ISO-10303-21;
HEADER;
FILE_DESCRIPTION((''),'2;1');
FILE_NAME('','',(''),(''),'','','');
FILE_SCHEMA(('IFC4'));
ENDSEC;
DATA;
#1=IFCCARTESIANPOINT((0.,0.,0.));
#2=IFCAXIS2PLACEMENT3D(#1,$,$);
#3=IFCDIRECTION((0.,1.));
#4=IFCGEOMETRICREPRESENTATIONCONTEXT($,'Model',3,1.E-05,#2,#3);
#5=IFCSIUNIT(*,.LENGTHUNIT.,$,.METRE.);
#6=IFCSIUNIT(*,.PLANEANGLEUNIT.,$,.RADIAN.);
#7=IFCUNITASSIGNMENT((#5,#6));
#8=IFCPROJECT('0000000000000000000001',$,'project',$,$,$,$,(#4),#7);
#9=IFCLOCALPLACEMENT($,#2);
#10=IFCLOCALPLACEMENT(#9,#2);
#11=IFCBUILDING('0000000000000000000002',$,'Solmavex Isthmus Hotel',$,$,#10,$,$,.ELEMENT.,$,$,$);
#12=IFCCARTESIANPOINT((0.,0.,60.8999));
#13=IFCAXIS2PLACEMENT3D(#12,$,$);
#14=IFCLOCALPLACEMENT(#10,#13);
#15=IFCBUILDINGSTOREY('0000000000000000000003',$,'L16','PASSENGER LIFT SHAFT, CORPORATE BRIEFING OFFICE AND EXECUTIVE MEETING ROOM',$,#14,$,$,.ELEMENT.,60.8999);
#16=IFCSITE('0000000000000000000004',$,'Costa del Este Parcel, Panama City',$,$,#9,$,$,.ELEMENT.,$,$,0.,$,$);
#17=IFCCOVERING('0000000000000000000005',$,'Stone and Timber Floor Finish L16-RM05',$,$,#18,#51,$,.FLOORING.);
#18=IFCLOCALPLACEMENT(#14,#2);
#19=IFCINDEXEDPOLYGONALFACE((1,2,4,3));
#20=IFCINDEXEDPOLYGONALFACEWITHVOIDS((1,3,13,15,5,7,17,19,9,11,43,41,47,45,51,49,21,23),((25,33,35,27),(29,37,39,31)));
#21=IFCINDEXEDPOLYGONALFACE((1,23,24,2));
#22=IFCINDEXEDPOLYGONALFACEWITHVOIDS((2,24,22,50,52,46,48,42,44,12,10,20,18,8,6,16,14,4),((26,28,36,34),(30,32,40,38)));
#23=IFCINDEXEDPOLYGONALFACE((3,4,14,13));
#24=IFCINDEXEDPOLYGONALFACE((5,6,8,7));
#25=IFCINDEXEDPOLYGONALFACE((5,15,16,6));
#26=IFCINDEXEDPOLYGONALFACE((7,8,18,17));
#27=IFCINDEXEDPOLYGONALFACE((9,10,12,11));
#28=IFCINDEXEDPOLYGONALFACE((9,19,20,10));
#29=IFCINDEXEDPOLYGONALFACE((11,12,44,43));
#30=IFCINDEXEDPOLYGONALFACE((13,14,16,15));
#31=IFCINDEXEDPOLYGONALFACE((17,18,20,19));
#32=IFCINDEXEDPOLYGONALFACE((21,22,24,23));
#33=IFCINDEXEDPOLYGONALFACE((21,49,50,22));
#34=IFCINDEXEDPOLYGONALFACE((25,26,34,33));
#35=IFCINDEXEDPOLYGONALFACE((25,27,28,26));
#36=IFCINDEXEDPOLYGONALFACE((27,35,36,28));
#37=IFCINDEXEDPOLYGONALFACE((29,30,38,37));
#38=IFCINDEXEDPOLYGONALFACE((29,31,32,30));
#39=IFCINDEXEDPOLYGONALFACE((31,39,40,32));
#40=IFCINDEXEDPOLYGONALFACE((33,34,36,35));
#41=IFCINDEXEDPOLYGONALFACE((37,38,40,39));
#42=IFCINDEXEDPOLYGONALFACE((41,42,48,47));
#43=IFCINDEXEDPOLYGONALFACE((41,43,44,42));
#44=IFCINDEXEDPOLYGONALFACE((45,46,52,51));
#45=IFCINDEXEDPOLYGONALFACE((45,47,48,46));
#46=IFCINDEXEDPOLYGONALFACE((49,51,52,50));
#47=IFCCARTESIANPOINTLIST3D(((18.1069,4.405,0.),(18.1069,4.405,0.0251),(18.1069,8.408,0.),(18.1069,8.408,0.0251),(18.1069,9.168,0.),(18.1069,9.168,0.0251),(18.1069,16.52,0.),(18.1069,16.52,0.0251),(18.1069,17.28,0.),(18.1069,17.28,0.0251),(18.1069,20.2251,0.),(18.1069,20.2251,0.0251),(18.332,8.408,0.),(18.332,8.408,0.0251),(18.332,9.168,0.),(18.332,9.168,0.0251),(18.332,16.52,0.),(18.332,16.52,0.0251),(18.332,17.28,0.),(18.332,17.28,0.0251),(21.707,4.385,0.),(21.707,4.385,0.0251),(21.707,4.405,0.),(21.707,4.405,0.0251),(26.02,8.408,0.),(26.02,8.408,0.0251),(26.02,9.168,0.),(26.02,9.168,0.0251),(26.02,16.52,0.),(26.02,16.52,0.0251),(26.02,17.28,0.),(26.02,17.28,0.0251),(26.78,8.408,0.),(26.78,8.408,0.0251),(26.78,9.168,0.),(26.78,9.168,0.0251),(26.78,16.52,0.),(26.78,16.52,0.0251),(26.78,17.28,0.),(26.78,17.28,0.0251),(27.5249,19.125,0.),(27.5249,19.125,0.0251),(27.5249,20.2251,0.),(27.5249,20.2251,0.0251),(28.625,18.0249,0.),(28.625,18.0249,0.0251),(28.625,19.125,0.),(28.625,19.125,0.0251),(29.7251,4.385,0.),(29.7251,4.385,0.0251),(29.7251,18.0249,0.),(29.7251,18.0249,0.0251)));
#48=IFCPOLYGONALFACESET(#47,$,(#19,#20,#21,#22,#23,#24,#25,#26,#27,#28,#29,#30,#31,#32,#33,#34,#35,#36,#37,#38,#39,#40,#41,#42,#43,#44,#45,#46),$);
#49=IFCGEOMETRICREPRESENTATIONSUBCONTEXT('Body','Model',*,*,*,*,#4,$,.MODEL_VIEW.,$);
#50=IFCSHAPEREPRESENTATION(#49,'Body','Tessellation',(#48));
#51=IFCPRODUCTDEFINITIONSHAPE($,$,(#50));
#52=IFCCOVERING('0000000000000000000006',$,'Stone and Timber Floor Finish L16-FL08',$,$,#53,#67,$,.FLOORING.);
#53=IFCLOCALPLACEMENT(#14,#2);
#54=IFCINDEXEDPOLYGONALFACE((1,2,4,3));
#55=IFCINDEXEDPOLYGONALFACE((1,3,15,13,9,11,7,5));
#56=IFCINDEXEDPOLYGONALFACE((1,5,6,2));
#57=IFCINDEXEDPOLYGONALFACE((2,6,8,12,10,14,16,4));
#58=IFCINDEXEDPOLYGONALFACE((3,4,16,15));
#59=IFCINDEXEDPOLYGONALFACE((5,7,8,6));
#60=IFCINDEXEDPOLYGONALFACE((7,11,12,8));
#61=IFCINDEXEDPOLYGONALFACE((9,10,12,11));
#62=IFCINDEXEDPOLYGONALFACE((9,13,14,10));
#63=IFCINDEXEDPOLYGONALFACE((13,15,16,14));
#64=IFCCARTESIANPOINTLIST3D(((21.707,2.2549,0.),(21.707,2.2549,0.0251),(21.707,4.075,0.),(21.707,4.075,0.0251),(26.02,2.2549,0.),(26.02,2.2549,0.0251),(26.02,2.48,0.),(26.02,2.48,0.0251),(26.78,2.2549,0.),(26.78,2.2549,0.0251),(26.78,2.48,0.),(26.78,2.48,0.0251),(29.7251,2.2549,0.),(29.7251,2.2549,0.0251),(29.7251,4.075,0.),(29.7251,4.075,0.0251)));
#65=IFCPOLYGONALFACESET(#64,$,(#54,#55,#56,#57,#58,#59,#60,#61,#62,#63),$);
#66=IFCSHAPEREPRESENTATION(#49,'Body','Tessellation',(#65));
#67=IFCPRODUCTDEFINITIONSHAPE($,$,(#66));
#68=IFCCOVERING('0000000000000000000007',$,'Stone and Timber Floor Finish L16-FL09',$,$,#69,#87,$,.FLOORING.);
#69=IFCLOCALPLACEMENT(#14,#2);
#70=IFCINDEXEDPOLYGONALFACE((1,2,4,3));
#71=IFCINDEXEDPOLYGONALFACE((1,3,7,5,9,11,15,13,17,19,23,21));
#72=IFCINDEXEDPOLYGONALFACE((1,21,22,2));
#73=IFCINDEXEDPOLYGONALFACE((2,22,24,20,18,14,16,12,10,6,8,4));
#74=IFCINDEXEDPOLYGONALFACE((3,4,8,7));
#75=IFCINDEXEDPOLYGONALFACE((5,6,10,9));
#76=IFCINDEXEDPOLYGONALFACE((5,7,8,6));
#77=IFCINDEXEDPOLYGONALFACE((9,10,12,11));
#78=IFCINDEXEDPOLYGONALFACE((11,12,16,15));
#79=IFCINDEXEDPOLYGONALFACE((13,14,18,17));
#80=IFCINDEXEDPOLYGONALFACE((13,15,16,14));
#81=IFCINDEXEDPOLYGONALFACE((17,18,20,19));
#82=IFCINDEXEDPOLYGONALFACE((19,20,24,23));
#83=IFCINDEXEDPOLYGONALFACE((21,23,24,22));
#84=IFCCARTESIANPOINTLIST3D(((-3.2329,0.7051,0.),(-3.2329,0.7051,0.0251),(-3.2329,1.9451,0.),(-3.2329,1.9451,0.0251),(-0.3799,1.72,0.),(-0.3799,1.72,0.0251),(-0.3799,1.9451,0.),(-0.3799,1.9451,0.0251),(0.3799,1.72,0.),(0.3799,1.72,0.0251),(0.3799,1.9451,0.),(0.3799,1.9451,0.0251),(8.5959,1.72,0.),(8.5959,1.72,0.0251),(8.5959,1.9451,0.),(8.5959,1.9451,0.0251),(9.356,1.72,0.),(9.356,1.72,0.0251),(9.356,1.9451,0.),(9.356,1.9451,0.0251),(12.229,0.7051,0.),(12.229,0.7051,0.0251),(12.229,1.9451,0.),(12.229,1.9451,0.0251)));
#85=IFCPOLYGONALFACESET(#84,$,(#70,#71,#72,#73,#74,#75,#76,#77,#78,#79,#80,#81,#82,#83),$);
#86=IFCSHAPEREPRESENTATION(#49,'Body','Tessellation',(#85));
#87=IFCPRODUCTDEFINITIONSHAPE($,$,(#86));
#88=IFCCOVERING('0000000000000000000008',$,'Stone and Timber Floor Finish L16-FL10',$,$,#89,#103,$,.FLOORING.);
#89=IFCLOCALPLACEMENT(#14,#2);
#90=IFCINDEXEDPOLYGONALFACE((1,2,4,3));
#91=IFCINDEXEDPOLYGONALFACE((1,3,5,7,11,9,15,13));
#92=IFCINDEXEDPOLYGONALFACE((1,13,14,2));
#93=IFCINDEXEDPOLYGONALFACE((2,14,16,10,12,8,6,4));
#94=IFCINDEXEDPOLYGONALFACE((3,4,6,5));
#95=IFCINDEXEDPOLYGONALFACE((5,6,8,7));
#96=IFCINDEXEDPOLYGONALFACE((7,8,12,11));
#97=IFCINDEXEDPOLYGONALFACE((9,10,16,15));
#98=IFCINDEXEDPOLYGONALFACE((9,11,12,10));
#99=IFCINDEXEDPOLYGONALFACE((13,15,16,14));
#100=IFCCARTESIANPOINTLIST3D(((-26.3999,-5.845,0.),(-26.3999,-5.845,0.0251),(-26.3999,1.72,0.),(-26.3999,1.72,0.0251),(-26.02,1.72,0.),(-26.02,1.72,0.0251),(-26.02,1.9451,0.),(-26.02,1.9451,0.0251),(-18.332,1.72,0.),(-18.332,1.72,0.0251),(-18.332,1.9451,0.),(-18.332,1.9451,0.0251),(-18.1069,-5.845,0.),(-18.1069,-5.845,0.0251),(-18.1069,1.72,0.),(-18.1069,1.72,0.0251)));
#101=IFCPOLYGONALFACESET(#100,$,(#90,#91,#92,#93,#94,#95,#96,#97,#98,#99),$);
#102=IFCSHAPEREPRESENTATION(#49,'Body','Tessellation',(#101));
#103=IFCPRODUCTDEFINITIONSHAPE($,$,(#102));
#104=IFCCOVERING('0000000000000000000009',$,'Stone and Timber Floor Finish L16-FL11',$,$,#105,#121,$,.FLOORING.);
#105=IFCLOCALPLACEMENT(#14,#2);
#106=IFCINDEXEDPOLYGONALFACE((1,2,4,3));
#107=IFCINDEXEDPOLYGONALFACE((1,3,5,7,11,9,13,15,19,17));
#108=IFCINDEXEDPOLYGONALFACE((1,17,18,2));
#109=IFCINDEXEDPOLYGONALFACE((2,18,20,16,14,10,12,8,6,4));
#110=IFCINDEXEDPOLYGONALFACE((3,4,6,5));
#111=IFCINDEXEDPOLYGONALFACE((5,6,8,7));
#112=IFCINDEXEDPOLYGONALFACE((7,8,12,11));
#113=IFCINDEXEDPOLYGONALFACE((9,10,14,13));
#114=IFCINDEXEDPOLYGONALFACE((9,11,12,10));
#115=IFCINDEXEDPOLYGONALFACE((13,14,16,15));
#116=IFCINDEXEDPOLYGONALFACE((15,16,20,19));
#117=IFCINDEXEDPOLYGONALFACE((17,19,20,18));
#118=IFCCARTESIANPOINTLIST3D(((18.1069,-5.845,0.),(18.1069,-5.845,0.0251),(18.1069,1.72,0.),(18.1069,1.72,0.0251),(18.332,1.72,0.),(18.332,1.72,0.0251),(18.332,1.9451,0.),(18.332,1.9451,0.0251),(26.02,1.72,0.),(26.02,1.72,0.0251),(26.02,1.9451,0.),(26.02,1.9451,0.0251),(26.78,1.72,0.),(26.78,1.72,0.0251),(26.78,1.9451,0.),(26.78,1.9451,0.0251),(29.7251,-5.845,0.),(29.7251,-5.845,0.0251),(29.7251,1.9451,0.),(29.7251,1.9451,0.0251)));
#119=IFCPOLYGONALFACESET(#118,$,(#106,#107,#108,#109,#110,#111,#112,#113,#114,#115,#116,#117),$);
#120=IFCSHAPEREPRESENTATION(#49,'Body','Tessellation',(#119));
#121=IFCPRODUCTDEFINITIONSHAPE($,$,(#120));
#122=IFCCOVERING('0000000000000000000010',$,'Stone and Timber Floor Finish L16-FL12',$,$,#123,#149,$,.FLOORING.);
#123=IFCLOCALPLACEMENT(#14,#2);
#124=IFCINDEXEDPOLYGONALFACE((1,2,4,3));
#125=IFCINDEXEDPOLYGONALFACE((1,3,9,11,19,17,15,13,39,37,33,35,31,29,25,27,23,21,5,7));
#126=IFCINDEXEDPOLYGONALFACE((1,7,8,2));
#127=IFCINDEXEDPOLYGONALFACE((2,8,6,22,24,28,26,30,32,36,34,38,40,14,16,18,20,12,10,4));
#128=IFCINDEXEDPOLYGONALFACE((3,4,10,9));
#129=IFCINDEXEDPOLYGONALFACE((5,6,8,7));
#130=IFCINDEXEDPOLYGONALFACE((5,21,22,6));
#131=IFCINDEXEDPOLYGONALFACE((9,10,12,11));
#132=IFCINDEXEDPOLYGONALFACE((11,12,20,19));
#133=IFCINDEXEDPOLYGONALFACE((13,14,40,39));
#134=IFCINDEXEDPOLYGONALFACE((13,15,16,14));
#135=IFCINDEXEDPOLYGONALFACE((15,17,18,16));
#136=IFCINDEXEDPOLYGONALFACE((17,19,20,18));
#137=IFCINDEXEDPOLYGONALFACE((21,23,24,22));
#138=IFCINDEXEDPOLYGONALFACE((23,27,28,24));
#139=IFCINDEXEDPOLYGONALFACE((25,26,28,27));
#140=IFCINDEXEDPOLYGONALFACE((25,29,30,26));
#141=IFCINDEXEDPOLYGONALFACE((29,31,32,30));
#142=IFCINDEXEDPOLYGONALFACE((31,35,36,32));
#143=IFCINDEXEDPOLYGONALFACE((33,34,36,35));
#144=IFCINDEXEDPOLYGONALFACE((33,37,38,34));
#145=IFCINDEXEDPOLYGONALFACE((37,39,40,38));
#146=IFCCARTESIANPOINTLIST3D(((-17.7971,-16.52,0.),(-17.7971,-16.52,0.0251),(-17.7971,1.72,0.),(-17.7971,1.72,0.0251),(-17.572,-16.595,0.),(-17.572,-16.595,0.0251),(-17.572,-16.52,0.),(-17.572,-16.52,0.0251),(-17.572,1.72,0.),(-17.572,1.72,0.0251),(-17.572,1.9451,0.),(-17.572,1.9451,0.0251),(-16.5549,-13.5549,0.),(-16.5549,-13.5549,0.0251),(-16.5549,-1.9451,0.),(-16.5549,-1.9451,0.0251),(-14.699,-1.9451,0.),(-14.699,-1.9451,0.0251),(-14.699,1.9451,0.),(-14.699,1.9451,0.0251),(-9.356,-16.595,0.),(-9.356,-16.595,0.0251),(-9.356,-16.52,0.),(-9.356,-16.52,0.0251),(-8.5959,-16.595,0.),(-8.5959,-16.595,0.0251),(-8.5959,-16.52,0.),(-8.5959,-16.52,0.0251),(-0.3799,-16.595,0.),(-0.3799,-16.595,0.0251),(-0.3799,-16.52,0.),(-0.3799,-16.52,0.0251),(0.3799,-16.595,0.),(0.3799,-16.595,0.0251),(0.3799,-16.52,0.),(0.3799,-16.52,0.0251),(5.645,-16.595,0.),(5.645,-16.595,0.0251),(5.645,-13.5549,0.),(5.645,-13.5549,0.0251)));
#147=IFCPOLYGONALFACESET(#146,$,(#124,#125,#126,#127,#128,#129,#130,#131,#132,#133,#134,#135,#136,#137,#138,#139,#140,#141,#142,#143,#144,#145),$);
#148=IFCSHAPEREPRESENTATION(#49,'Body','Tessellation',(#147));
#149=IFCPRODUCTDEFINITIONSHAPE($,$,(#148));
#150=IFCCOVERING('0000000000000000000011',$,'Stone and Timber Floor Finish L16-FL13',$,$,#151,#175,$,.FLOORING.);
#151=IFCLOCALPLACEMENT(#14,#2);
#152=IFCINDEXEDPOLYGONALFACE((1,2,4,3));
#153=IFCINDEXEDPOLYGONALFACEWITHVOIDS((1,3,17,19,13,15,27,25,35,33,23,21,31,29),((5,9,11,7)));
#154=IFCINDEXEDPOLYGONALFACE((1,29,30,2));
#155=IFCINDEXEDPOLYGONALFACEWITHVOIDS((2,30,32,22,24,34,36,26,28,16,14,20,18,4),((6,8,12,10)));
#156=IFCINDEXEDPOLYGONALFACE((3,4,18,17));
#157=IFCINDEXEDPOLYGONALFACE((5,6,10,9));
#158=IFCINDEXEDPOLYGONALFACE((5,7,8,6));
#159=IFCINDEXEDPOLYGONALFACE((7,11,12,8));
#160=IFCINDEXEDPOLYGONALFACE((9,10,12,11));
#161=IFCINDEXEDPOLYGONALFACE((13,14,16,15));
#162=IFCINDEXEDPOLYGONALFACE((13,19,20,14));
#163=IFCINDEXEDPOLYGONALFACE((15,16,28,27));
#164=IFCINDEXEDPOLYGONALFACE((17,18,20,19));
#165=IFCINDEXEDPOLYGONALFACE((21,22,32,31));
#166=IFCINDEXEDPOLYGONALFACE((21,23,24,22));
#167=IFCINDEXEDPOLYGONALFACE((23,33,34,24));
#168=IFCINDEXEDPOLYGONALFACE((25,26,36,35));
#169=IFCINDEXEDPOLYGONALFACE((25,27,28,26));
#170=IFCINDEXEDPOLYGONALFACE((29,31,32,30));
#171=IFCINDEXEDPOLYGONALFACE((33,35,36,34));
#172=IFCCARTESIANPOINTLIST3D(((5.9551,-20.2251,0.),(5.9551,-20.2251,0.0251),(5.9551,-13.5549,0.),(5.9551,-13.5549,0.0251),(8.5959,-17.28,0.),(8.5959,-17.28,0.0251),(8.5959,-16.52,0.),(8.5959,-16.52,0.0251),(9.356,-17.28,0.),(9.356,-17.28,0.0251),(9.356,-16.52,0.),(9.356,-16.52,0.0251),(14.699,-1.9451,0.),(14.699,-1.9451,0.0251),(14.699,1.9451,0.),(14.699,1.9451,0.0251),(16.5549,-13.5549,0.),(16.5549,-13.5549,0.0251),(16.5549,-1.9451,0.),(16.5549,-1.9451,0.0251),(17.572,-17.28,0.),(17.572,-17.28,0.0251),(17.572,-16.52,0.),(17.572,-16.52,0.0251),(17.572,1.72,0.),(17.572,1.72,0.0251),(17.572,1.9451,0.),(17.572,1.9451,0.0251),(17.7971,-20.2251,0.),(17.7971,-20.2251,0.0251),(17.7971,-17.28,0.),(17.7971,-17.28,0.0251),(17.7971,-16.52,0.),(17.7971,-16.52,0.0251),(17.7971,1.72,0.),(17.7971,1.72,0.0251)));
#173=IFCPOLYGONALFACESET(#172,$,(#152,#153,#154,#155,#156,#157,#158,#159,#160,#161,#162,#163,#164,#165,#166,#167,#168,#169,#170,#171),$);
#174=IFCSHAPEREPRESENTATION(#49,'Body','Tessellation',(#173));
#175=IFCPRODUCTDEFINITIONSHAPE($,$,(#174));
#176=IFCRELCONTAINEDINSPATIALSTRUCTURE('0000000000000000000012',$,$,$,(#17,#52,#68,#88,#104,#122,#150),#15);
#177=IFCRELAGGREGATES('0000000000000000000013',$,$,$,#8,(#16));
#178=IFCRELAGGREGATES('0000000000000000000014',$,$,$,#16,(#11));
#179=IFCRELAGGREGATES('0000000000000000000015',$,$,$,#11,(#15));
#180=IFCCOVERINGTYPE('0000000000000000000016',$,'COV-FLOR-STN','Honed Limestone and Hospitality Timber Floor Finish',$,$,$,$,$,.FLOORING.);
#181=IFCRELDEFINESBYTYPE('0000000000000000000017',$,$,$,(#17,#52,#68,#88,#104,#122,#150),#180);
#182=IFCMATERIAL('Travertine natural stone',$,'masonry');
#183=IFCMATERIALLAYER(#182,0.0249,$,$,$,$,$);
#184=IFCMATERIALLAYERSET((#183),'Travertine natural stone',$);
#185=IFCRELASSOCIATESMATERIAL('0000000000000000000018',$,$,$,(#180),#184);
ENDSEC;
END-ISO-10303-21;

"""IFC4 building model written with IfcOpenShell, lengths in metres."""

from ifc_helpers import new_model, si_unit, direction, frame, origin, place, context, subcontext, project, spatial, polyline, outline, extrude, material, layer, layer_set, type_object, element, save


model = new_model("IFC4")

# Units and contexts
model_context = context("Model", 3, precision=1e-05, world=origin(), true_north=direction((0.0, 1.0)))
body_context = subcontext(model_context, "Body", "Model", "MODEL_VIEW")
ifc_project = project(units=[si_unit("LENGTHUNIT", "METRE"), si_unit("PLANEANGLEUNIT", "RADIAN")], contexts=[model_context])

# Site, building, storey
site_placement = place(None, origin())
site = spatial("IfcSite", under=ifc_project, at=site_placement, Name="Costa del Este Parcel, Panama City", CompositionType="ELEMENT", RefElevation=0.0)
building_placement = place(site_placement, origin())
building = spatial("IfcBuilding", under=site, at=building_placement, Name="Solmavex Isthmus Hotel", CompositionType="ELEMENT")
storey_placement = place(building_placement, frame((0.0, 0.0, 60.8999)))
storey = spatial("IfcBuildingStorey", under=building, at=storey_placement, Name="L16", Description="PASSENGER LIFT SHAFT, CORPORATE BRIEFING OFFICE AND EXECUTIVE MEETING ROOM", CompositionType="ELEMENT", Elevation=60.8999)

# Coverings
ifc_material_1 = material(Name="Travertine natural stone", Category="masonry")
ifc_layer_1 = layer(ifc_material_1, 0.0249)
ifc_layer_set_1 = layer_set([ifc_layer_1], Name="Travertine natural stone")
covering_type_1 = type_object("IfcCoveringType", Name="COV-FLOR-STN", Description="Honed Limestone and Hospitality Timber Floor Finish", PredefinedType="FLOORING", material=ifc_layer_set_1)
covering_1_placement = place(storey_placement, origin())
element("IfcCovering", 1, at=covering_1_placement, inside=storey, type_object=covering_type_1, Name="Stone and Timber Floor Finish L16-RM05", PredefinedType="FLOORING", context=body_context, shape_type="SweptSolid", body=[
    extrude(outline(polyline([(18.1069, 9.168), (18.332, 9.168), (18.332, 8.408), (18.1069, 8.408), (18.1069, 4.405), (21.707, 4.405), (21.707, 4.385), (29.7251, 4.385), (29.7251, 18.0249), (28.625, 18.0249), (28.625, 19.125), (27.5249, 19.125), (27.5249, 20.2251), (18.1069, 20.2251), (18.1069, 17.28), (18.332, 17.28), (18.332, 16.52), (18.1069, 16.52), (18.1069, 9.168)]), holes=[polyline([(26.02, 8.408), (26.02, 9.168), (26.78, 9.168), (26.78, 8.408), (26.02, 8.408)]), polyline([(26.02, 16.52), (26.02, 17.28), (26.78, 17.28), (26.78, 16.52), (26.02, 16.52)])]), origin(), (0.0, 0.0, 1.0), 0.0251),
])
covering_2_placement = place(storey_placement, origin())
element("IfcCovering", 2, at=covering_2_placement, inside=storey, type_object=covering_type_1, Name="Stone and Timber Floor Finish L16-FL08", PredefinedType="FLOORING", context=body_context, shape_type="SweptSolid", body=[
    extrude(outline(polyline([(26.02, 2.2549), (26.02, 2.48), (26.78, 2.48), (26.78, 2.2549), (29.7251, 2.2549), (29.7251, 4.075), (21.707, 4.075), (21.707, 2.2549), (26.02, 2.2549)])), origin(), (0.0, 0.0, 1.0), 0.0251),
])
covering_3_placement = place(storey_placement, origin())
element("IfcCovering", 3, at=covering_3_placement, inside=storey, type_object=covering_type_1, Name="Stone and Timber Floor Finish L16-FL09", PredefinedType="FLOORING", context=body_context, shape_type="SweptSolid", body=[
    extrude(outline(polyline([(0.3799, 1.9451), (0.3799, 1.72), (-0.3799, 1.72), (-0.3799, 1.9451), (-3.2329, 1.9451), (-3.2329, 0.7051), (12.229, 0.7051), (12.229, 1.9451), (9.356, 1.9451), (9.356, 1.72), (8.5959, 1.72), (8.5959, 1.9451), (0.3799, 1.9451)])), origin(), (0.0, 0.0, 1.0), 0.0251),
])
covering_4_placement = place(storey_placement, origin())
element("IfcCovering", 4, at=covering_4_placement, inside=storey, type_object=covering_type_1, Name="Stone and Timber Floor Finish L16-FL10", PredefinedType="FLOORING", context=body_context, shape_type="SweptSolid", body=[
    extrude(outline(polyline([(-26.02, 1.9451), (-26.02, 1.72), (-26.3999, 1.72), (-26.3999, -5.845), (-18.1069, -5.845), (-18.1069, 1.72), (-18.332, 1.72), (-18.332, 1.9451), (-26.02, 1.9451)])), origin(), (0.0, 0.0, 1.0), 0.0251),
])
covering_5_placement = place(storey_placement, origin())
element("IfcCovering", 5, at=covering_5_placement, inside=storey, type_object=covering_type_1, Name="Stone and Timber Floor Finish L16-FL11", PredefinedType="FLOORING", context=body_context, shape_type="SweptSolid", body=[
    extrude(outline(polyline([(18.332, 1.9451), (18.332, 1.72), (18.1069, 1.72), (18.1069, -5.845), (29.7251, -5.845), (29.7251, 1.9451), (26.78, 1.9451), (26.78, 1.72), (26.02, 1.72), (26.02, 1.9451), (18.332, 1.9451)])), origin(), (0.0, 0.0, 1.0), 0.0251),
])
covering_6_placement = place(storey_placement, origin())
element("IfcCovering", 6, at=covering_6_placement, inside=storey, type_object=covering_type_1, Name="Stone and Timber Floor Finish L16-FL12", PredefinedType="FLOORING", context=body_context, shape_type="SweptSolid", body=[
    extrude(outline(polyline([(-17.7971, -16.52), (-17.572, -16.52), (-17.572, -16.595), (-9.356, -16.595), (-9.356, -16.52), (-8.5959, -16.52), (-8.5959, -16.595), (-0.3799, -16.595), (-0.3799, -16.52), (0.3799, -16.52), (0.3799, -16.595), (5.645, -16.595), (5.645, -13.5549), (-16.5549, -13.5549), (-16.5549, -1.9451), (-14.699, -1.9451), (-14.699, 1.9451), (-17.572, 1.9451), (-17.572, 1.72), (-17.7971, 1.72), (-17.7971, -16.52)])), origin(), (0.0, 0.0, 1.0), 0.0251),
])
covering_7_placement = place(storey_placement, origin())
element("IfcCovering", 7, at=covering_7_placement, inside=storey, type_object=covering_type_1, Name="Stone and Timber Floor Finish L16-FL13", PredefinedType="FLOORING", context=body_context, shape_type="SweptSolid", body=[
    extrude(outline(polyline([(17.7971, 1.72), (17.572, 1.72), (17.572, 1.9451), (14.699, 1.9451), (14.699, -1.9451), (16.5549, -1.9451), (16.5549, -13.5549), (5.9551, -13.5549), (5.9551, -20.2251), (17.7971, -20.2251), (17.7971, -17.28), (17.572, -17.28), (17.572, -16.52), (17.7971, -16.52), (17.7971, 1.72)]), holes=[polyline([(8.5959, -17.28), (8.5959, -16.52), (9.356, -16.52), (9.356, -17.28), (8.5959, -17.28)])]), origin(), (0.0, 0.0, 1.0), 0.0251),
])

save(model, "model.ifc")
